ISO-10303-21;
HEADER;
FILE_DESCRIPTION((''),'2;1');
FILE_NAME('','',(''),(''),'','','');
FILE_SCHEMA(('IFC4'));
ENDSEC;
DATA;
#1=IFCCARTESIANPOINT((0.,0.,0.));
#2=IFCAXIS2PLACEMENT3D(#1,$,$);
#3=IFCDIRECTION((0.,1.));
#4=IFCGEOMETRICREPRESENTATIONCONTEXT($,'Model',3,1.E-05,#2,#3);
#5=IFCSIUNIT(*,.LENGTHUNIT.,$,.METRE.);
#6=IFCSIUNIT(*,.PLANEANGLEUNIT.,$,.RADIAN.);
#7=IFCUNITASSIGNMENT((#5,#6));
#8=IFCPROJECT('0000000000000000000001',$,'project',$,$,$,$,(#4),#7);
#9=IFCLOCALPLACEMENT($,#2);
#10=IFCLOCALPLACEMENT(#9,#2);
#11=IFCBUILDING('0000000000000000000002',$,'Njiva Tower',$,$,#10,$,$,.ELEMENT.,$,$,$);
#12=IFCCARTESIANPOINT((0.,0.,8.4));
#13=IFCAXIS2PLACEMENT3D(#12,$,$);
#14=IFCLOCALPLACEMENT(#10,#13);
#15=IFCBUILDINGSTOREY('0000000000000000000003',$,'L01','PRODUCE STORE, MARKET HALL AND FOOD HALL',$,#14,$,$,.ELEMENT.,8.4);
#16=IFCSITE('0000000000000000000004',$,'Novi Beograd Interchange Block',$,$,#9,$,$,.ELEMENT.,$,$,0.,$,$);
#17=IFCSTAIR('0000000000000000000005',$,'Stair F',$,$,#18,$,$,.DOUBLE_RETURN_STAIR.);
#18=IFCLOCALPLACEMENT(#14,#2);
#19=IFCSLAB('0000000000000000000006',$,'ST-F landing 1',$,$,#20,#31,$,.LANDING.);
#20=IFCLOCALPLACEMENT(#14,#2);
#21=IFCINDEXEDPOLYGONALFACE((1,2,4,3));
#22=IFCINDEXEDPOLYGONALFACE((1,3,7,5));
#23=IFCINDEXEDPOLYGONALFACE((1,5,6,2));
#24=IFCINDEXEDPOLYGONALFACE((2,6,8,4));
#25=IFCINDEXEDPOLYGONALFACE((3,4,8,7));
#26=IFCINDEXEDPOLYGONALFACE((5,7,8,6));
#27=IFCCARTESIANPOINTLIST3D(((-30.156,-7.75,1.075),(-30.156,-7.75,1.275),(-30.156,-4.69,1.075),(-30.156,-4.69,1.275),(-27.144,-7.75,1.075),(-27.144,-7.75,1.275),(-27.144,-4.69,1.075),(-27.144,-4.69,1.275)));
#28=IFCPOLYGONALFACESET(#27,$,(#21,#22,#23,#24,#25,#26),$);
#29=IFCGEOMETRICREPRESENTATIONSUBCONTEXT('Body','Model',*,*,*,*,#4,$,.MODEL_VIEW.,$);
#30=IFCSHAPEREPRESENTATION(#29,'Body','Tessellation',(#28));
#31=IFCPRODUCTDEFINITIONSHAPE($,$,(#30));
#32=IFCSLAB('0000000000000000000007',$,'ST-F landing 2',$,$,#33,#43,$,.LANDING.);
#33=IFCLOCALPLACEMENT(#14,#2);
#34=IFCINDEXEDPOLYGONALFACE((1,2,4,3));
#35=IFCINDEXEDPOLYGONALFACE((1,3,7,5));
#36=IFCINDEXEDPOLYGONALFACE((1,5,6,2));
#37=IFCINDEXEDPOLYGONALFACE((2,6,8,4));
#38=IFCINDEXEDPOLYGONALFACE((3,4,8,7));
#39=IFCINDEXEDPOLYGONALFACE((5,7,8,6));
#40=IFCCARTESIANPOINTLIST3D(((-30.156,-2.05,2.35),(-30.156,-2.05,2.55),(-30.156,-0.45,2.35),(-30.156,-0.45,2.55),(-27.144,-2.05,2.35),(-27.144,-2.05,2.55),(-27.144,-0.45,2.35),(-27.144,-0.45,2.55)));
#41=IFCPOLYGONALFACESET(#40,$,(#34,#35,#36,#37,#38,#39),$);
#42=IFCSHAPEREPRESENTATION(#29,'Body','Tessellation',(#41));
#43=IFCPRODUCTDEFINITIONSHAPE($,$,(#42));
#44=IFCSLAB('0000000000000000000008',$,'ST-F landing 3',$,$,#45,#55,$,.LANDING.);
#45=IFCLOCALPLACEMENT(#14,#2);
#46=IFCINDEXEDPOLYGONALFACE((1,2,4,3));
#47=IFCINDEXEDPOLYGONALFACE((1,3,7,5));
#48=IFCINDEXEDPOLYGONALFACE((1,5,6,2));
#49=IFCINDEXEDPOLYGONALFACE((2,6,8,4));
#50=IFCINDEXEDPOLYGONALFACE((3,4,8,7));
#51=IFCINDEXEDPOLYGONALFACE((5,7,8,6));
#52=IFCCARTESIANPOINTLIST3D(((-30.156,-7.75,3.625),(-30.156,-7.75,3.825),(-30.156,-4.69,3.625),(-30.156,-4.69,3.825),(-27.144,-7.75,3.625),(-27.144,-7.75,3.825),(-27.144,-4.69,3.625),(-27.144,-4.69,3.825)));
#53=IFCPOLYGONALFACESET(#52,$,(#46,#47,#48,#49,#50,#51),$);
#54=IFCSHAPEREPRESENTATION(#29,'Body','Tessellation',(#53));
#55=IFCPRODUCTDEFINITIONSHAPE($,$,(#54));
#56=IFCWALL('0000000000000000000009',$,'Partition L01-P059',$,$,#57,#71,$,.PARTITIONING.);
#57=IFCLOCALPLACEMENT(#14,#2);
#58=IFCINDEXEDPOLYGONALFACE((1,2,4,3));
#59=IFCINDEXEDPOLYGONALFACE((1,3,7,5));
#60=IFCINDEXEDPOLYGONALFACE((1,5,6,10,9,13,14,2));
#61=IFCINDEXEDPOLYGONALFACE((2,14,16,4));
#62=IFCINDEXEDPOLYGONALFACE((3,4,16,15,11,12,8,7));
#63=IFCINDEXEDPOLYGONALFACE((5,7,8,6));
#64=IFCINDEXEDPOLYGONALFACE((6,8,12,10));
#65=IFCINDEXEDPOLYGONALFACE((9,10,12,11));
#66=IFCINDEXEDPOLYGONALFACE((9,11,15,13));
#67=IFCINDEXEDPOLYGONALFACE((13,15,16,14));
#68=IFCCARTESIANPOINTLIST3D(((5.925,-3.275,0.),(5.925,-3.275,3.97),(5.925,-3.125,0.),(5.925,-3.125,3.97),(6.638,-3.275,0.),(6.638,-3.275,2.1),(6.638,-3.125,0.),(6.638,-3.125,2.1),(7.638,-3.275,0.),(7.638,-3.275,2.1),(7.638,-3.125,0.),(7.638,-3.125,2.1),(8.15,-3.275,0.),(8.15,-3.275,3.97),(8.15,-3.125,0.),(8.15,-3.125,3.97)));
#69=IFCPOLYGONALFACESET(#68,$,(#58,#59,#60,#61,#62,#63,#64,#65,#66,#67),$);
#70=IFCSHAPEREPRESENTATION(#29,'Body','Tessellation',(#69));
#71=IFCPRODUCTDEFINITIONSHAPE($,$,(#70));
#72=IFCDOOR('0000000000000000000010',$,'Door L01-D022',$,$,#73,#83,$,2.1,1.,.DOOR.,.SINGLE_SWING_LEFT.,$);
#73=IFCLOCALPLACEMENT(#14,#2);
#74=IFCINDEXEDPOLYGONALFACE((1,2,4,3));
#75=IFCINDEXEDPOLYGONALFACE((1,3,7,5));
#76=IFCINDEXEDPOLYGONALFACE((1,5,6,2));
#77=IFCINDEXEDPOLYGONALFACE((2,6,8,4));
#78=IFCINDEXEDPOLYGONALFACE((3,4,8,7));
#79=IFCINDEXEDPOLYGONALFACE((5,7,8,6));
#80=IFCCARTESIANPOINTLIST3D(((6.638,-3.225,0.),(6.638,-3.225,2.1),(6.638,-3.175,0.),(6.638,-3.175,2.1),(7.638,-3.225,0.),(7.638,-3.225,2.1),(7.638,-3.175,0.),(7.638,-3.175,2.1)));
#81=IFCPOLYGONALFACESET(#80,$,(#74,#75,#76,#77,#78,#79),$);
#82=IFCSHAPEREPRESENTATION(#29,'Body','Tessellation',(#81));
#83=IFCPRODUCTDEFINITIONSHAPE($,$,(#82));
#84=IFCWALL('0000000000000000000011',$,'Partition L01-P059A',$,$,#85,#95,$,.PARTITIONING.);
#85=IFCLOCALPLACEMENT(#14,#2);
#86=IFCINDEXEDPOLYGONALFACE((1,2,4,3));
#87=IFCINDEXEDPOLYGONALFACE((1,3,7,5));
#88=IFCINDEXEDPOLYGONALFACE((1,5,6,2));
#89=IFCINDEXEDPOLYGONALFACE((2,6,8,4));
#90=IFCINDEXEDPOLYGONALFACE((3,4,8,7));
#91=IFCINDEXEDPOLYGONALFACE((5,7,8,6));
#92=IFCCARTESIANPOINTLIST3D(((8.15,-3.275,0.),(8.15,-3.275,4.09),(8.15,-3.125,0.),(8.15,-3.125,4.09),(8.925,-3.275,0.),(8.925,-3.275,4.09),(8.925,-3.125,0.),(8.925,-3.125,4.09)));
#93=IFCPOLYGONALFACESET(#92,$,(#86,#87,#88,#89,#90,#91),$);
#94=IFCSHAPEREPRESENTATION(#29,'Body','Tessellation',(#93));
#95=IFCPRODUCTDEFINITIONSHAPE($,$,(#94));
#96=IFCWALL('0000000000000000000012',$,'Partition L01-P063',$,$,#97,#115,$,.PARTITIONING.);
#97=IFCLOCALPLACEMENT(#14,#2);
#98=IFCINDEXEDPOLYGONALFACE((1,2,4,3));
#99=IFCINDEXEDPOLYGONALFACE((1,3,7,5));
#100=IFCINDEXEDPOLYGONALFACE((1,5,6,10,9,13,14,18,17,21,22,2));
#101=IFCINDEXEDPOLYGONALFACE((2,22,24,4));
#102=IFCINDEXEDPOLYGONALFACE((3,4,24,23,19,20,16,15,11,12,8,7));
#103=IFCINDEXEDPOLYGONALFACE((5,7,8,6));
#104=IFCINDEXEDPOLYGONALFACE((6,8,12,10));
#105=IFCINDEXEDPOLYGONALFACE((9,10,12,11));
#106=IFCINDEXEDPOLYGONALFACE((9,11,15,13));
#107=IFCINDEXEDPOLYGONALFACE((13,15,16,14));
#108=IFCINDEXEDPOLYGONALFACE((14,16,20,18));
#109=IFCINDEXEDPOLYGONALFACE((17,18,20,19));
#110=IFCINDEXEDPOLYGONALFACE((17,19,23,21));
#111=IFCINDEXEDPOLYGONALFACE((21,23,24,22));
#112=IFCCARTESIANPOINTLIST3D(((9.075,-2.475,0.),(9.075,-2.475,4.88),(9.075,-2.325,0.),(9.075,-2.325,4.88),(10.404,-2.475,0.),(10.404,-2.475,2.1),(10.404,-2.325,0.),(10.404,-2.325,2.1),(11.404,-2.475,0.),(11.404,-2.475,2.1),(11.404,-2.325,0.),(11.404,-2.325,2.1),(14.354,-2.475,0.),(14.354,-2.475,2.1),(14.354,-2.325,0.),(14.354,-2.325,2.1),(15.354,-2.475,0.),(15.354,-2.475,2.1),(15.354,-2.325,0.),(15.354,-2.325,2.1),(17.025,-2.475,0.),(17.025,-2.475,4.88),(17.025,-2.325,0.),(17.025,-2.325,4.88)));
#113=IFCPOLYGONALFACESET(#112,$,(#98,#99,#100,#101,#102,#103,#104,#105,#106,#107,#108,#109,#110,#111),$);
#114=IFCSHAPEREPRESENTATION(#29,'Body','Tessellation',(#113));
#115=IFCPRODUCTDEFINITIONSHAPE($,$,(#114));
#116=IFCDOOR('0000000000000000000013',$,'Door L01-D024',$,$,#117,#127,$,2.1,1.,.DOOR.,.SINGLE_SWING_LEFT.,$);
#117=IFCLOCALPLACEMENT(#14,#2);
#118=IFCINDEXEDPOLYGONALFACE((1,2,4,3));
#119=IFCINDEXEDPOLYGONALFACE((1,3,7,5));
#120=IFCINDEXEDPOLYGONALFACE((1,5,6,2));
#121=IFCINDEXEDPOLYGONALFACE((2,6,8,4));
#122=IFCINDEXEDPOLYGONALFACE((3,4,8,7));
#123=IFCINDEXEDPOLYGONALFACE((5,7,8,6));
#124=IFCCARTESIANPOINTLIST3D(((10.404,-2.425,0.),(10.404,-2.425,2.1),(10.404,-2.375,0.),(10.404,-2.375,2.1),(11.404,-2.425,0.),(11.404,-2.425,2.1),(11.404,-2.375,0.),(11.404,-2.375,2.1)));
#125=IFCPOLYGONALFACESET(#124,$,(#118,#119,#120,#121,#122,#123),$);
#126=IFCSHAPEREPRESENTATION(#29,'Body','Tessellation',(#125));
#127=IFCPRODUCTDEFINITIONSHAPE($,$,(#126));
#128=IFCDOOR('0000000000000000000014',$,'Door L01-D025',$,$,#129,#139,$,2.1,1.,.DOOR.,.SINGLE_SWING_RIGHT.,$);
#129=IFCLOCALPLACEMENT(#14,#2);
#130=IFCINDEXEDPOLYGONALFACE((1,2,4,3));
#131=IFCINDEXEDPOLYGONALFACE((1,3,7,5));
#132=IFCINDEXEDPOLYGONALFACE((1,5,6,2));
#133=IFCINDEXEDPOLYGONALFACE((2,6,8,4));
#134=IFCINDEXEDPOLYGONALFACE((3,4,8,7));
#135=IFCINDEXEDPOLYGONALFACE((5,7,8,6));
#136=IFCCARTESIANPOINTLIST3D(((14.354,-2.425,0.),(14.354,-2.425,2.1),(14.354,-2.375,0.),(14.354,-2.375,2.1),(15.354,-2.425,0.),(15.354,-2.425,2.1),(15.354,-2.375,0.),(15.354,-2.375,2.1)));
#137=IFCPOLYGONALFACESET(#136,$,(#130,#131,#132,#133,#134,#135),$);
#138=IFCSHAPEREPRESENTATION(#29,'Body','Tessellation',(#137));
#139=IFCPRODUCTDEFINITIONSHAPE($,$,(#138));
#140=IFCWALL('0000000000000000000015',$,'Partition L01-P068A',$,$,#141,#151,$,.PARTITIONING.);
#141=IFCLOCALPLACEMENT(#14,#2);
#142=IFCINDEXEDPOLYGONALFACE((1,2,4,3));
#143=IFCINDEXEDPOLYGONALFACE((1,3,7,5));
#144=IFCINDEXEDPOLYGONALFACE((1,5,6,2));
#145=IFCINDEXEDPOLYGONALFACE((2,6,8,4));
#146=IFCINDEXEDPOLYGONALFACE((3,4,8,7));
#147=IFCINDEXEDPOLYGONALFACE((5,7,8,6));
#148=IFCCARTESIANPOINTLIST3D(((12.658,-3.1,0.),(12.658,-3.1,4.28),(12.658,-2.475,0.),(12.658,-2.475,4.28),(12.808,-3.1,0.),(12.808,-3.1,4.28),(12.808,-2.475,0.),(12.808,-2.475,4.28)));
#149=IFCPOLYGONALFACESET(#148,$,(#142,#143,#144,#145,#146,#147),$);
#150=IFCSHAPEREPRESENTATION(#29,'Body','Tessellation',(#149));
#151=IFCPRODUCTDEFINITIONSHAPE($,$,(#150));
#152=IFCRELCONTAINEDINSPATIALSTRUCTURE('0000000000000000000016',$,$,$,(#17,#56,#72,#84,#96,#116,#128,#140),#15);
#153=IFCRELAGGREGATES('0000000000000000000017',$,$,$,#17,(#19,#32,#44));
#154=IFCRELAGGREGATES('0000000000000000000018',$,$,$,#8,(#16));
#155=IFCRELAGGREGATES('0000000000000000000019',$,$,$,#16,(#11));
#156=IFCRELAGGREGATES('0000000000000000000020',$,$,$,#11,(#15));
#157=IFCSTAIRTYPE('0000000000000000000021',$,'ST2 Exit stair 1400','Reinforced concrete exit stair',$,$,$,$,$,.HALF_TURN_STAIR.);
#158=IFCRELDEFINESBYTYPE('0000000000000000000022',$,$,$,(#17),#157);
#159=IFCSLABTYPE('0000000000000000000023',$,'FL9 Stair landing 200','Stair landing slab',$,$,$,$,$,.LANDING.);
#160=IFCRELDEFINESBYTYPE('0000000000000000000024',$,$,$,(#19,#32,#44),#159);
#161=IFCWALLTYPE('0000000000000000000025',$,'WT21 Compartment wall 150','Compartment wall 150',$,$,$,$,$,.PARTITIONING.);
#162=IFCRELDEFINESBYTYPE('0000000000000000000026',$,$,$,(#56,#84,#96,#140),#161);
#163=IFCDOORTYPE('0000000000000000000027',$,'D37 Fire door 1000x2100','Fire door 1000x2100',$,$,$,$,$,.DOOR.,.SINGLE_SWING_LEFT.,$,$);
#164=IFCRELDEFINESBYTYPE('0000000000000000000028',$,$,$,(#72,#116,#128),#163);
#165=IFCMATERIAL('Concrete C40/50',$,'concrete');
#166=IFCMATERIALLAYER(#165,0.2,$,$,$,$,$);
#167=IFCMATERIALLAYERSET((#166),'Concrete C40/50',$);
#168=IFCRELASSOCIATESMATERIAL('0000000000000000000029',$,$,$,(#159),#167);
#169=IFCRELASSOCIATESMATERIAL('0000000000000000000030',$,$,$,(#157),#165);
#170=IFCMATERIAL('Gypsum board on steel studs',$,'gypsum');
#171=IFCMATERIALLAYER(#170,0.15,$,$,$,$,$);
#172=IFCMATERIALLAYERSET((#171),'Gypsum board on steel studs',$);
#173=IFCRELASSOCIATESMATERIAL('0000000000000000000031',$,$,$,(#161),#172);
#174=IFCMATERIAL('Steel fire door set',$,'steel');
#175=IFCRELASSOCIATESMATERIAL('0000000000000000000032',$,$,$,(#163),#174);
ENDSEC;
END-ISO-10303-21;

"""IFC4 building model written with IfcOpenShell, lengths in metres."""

from ifc_helpers import new_model, si_unit, direction, frame, frame_2d, origin, place, context, subcontext, project, spatial, polyline, rectangle, outline, extrude, material, layer, layer_set, type_object, element, fill, aggregate, save


model = new_model("IFC4")

# Units and contexts
model_context = context("Model", 3, precision=1e-05, world=origin(), true_north=direction((0.0, 1.0)))
body_context = subcontext(model_context, "Body", "Model", "MODEL_VIEW")
ifc_project = project(units=[si_unit("LENGTHUNIT", "METRE"), si_unit("PLANEANGLEUNIT", "RADIAN")], contexts=[model_context])

# Site, building, storey
site_placement = place(None, origin())
site = spatial("IfcSite", under=ifc_project, at=site_placement, Name="Novi Beograd Interchange Block", CompositionType="ELEMENT", RefElevation=0.0)
building_placement = place(site_placement, origin())
building = spatial("IfcBuilding", under=site, at=building_placement, Name="Njiva Tower", CompositionType="ELEMENT")
storey_placement = place(building_placement, frame((0.0, 0.0, 8.4)))
storey = spatial("IfcBuildingStorey", under=building, at=storey_placement, Name="L01", Description="PRODUCE STORE, MARKET HALL AND FOOD HALL", CompositionType="ELEMENT", Elevation=8.4)

# Stair, slabs
ifc_material_1 = material(Name="Concrete C40/50", Category="concrete")
ifc_layer_1 = layer(ifc_material_1, 0.2)
ifc_layer_set_1 = layer_set([ifc_layer_1], Name="Concrete C40/50")
slab_type = type_object("IfcSlabType", Name="FL9 Stair landing 200", Description="Stair landing slab", PredefinedType="LANDING", material=ifc_layer_set_1)
stair_type_1 = type_object("IfcStairType", Name="ST2 Exit stair 1400", Description="Reinforced concrete exit stair", PredefinedType="HALF_TURN_STAIR", material=ifc_material_1)
stair_1_placement = place(storey_placement, origin())
stair_1 = element("IfcStair", 1, at=stair_1_placement, inside=storey, type_object=stair_type_1, Name="Stair F", PredefinedType="DOUBLE_RETURN_STAIR")
slab_1_placement = place(storey_placement, frame((0.0, 0.0, 1.075)))
slab_1 = element("IfcSlab", 2, at=slab_1_placement, type_object=slab_type, Name="ST-F landing 1", PredefinedType="LANDING", context=body_context, shape_type="SweptSolid", body=[
    extrude(outline(polyline([(-30.156, -7.75), (-27.144, -7.75), (-27.144, -4.69), (-30.156, -4.69), (-30.156, -7.75)])), origin(), (0.0, 0.0, 1.0), 0.2),
])
slab_2_placement = place(storey_placement, frame((0.0, 0.0, 2.35)))
slab_2 = element("IfcSlab", 3, at=slab_2_placement, type_object=slab_type, Name="ST-F landing 2", PredefinedType="LANDING", context=body_context, shape_type="SweptSolid", body=[
    extrude(outline(polyline([(-30.156, -2.05), (-27.144, -2.05), (-27.144, -0.45), (-30.156, -0.45), (-30.156, -2.05)])), origin(), (0.0, 0.0, 1.0), 0.2),
])
slab_3_placement = place(storey_placement, frame((0.0, 0.0, 3.625)))
slab_3 = element("IfcSlab", 4, at=slab_3_placement, type_object=slab_type, Name="ST-F landing 3", PredefinedType="LANDING", context=body_context, shape_type="SweptSolid", body=[
    extrude(outline(polyline([(-30.156, -7.75), (-27.144, -7.75), (-27.144, -4.69), (-30.156, -4.69), (-30.156, -7.75)])), origin(), (0.0, 0.0, 1.0), 0.2),
])
aggregate(stair_1, [slab_1, slab_2, slab_3])

# Wall, opening, door
ifc_material_2 = material(Name="Gypsum board on steel studs", Category="gypsum")
ifc_layer_2 = layer(ifc_material_2, 0.15)
ifc_layer_set_2 = layer_set([ifc_layer_2], Name="Gypsum board on steel studs")
wall_type = type_object("IfcWallType", Name="WT21 Compartment wall 150", Description="Compartment wall 150", PredefinedType="PARTITIONING", material=ifc_layer_set_2)
wall_1_placement = place(storey_placement, frame((5.925, -3.2, 0.0), z_axis=(0.0, 0.0, 1.0), x_axis=(1.0, 0.0, 0.0)))
wall_1 = element("IfcWall", 5, at=wall_1_placement, inside=storey, type_object=wall_type, Name="Partition L01-P059", PredefinedType="PARTITIONING", context=body_context, shape_type="SweptSolid", body=[
    extrude(rectangle(XDim=2.225, YDim=0.15, at=frame_2d((1.1125, 0.0))), origin(), (0.0, 0.0, 1.0), 3.97),
])
opening_1_placement = place(wall_1_placement, frame((0.713, 0.0, 0.0)))
opening_1 = element("IfcOpeningElement", 6, at=opening_1_placement, cuts=wall_1, PredefinedType="OPENING", context=body_context, shape_type="SweptSolid", body=[
    extrude(rectangle(XDim=1.0, YDim=2.1, at=frame_2d((0.5, 1.05))), frame((0.0, 0.085, 0.0), z_axis=(0.0, -1.0, 0.0), x_axis=(1.0, 0.0, 0.0)), (0.0, 0.0, 1.0), 0.17),
])
ifc_material_3 = material(Name="Steel fire door set", Category="steel")
door_type = type_object("IfcDoorType", Name="D37 Fire door 1000x2100", Description="Fire door 1000x2100", OperationType="SINGLE_SWING_LEFT", PredefinedType="DOOR", material=ifc_material_3)
door_1_placement = place(opening_1_placement, origin())
door_1 = element("IfcDoor", 7, at=door_1_placement, inside=storey, type_object=door_type, Name="Door L01-D022", OperationType="SINGLE_SWING_LEFT", OverallHeight=2.1, OverallWidth=1.0, PredefinedType="DOOR", context=body_context, shape_type="SweptSolid", body=[
    extrude(rectangle(XDim=1.0, YDim=2.1, at=frame_2d((0.5, 1.05))), frame((0.0, 0.025, 0.0), z_axis=(0.0, -1.0, 0.0), x_axis=(1.0, 0.0, 0.0)), (0.0, 0.0, 1.0), 0.05),
])
fill(opening_1, door_1)

# Wall
wall_2_placement = place(storey_placement, frame((8.15, -3.2, 0.0), z_axis=(0.0, 0.0, 1.0), x_axis=(1.0, 0.0, 0.0)))
element("IfcWall", 8, at=wall_2_placement, inside=storey, type_object=wall_type, Name="Partition L01-P059A", PredefinedType="PARTITIONING", context=body_context, shape_type="SweptSolid", body=[
    extrude(rectangle(XDim=0.775, YDim=0.15, at=frame_2d((0.3875, 0.0))), origin(), (0.0, 0.0, 1.0), 4.09),
])

# Wall, openings, doors
wall_3_placement = place(storey_placement, frame((9.075, -2.4, 0.0), z_axis=(0.0, 0.0, 1.0), x_axis=(1.0, 0.0, 0.0)))
wall_3 = element("IfcWall", 9, at=wall_3_placement, inside=storey, type_object=wall_type, Name="Partition L01-P063", PredefinedType="PARTITIONING", context=body_context, shape_type="SweptSolid", body=[
    extrude(rectangle(XDim=7.95, YDim=0.15, at=frame_2d((3.975, 0.0))), origin(), (0.0, 0.0, 1.0), 4.88),
])
opening_2_placement = place(wall_3_placement, frame((1.329, 0.0, 0.0)))
opening_2 = element("IfcOpeningElement", 10, at=opening_2_placement, cuts=wall_3, PredefinedType="OPENING", context=body_context, shape_type="SweptSolid", body=[
    extrude(rectangle(XDim=1.0, YDim=2.1, at=frame_2d((0.5, 1.05))), frame((0.0, 0.085, 0.0), z_axis=(0.0, -1.0, 0.0), x_axis=(1.0, 0.0, 0.0)), (0.0, 0.0, 1.0), 0.17),
])
opening_3_placement = place(wall_3_placement, frame((5.279, 0.0, 0.0)))
opening_3 = element("IfcOpeningElement", 11, at=opening_3_placement, cuts=wall_3, PredefinedType="OPENING", context=body_context, shape_type="SweptSolid", body=[
    extrude(rectangle(XDim=1.0, YDim=2.1, at=frame_2d((0.5, 1.05))), frame((0.0, 0.085, 0.0), z_axis=(0.0, -1.0, 0.0), x_axis=(1.0, 0.0, 0.0)), (0.0, 0.0, 1.0), 0.17),
])
door_2_placement = place(opening_2_placement, origin())
door_2 = element("IfcDoor", 12, at=door_2_placement, inside=storey, type_object=door_type, Name="Door L01-D024", OperationType="SINGLE_SWING_LEFT", OverallHeight=2.1, OverallWidth=1.0, PredefinedType="DOOR", context=body_context, shape_type="SweptSolid", body=[
    extrude(rectangle(XDim=1.0, YDim=2.1, at=frame_2d((0.5, 1.05))), frame((0.0, 0.025, 0.0), z_axis=(0.0, -1.0, 0.0), x_axis=(1.0, 0.0, 0.0)), (0.0, 0.0, 1.0), 0.05),
])
fill(opening_2, door_2)
door_3_placement = place(opening_3_placement, origin())
door_3 = element("IfcDoor", 13, at=door_3_placement, inside=storey, type_object=door_type, Name="Door L01-D025", OperationType="SINGLE_SWING_RIGHT", OverallHeight=2.1, OverallWidth=1.0, PredefinedType="DOOR", context=body_context, shape_type="SweptSolid", body=[
    extrude(rectangle(XDim=1.0, YDim=2.1, at=frame_2d((0.5, 1.05))), frame((0.0, 0.025, 0.0), z_axis=(0.0, -1.0, 0.0), x_axis=(1.0, 0.0, 0.0)), (0.0, 0.0, 1.0), 0.05),
])
fill(opening_3, door_3)

# Wall
wall_4_placement = place(storey_placement, frame((12.733, -3.1, 0.0), z_axis=(0.0, 0.0, 1.0), x_axis=(0.0, 1.0, 0.0)))
element("IfcWall", 14, at=wall_4_placement, inside=storey, type_object=wall_type, Name="Partition L01-P068A", PredefinedType="PARTITIONING", context=body_context, shape_type="SweptSolid", body=[
    extrude(rectangle(XDim=0.625, YDim=0.15, at=frame_2d((0.3125, 0.0))), origin(), (0.0, 0.0, 1.0), 4.28),
])

save(model, "model.ifc")
